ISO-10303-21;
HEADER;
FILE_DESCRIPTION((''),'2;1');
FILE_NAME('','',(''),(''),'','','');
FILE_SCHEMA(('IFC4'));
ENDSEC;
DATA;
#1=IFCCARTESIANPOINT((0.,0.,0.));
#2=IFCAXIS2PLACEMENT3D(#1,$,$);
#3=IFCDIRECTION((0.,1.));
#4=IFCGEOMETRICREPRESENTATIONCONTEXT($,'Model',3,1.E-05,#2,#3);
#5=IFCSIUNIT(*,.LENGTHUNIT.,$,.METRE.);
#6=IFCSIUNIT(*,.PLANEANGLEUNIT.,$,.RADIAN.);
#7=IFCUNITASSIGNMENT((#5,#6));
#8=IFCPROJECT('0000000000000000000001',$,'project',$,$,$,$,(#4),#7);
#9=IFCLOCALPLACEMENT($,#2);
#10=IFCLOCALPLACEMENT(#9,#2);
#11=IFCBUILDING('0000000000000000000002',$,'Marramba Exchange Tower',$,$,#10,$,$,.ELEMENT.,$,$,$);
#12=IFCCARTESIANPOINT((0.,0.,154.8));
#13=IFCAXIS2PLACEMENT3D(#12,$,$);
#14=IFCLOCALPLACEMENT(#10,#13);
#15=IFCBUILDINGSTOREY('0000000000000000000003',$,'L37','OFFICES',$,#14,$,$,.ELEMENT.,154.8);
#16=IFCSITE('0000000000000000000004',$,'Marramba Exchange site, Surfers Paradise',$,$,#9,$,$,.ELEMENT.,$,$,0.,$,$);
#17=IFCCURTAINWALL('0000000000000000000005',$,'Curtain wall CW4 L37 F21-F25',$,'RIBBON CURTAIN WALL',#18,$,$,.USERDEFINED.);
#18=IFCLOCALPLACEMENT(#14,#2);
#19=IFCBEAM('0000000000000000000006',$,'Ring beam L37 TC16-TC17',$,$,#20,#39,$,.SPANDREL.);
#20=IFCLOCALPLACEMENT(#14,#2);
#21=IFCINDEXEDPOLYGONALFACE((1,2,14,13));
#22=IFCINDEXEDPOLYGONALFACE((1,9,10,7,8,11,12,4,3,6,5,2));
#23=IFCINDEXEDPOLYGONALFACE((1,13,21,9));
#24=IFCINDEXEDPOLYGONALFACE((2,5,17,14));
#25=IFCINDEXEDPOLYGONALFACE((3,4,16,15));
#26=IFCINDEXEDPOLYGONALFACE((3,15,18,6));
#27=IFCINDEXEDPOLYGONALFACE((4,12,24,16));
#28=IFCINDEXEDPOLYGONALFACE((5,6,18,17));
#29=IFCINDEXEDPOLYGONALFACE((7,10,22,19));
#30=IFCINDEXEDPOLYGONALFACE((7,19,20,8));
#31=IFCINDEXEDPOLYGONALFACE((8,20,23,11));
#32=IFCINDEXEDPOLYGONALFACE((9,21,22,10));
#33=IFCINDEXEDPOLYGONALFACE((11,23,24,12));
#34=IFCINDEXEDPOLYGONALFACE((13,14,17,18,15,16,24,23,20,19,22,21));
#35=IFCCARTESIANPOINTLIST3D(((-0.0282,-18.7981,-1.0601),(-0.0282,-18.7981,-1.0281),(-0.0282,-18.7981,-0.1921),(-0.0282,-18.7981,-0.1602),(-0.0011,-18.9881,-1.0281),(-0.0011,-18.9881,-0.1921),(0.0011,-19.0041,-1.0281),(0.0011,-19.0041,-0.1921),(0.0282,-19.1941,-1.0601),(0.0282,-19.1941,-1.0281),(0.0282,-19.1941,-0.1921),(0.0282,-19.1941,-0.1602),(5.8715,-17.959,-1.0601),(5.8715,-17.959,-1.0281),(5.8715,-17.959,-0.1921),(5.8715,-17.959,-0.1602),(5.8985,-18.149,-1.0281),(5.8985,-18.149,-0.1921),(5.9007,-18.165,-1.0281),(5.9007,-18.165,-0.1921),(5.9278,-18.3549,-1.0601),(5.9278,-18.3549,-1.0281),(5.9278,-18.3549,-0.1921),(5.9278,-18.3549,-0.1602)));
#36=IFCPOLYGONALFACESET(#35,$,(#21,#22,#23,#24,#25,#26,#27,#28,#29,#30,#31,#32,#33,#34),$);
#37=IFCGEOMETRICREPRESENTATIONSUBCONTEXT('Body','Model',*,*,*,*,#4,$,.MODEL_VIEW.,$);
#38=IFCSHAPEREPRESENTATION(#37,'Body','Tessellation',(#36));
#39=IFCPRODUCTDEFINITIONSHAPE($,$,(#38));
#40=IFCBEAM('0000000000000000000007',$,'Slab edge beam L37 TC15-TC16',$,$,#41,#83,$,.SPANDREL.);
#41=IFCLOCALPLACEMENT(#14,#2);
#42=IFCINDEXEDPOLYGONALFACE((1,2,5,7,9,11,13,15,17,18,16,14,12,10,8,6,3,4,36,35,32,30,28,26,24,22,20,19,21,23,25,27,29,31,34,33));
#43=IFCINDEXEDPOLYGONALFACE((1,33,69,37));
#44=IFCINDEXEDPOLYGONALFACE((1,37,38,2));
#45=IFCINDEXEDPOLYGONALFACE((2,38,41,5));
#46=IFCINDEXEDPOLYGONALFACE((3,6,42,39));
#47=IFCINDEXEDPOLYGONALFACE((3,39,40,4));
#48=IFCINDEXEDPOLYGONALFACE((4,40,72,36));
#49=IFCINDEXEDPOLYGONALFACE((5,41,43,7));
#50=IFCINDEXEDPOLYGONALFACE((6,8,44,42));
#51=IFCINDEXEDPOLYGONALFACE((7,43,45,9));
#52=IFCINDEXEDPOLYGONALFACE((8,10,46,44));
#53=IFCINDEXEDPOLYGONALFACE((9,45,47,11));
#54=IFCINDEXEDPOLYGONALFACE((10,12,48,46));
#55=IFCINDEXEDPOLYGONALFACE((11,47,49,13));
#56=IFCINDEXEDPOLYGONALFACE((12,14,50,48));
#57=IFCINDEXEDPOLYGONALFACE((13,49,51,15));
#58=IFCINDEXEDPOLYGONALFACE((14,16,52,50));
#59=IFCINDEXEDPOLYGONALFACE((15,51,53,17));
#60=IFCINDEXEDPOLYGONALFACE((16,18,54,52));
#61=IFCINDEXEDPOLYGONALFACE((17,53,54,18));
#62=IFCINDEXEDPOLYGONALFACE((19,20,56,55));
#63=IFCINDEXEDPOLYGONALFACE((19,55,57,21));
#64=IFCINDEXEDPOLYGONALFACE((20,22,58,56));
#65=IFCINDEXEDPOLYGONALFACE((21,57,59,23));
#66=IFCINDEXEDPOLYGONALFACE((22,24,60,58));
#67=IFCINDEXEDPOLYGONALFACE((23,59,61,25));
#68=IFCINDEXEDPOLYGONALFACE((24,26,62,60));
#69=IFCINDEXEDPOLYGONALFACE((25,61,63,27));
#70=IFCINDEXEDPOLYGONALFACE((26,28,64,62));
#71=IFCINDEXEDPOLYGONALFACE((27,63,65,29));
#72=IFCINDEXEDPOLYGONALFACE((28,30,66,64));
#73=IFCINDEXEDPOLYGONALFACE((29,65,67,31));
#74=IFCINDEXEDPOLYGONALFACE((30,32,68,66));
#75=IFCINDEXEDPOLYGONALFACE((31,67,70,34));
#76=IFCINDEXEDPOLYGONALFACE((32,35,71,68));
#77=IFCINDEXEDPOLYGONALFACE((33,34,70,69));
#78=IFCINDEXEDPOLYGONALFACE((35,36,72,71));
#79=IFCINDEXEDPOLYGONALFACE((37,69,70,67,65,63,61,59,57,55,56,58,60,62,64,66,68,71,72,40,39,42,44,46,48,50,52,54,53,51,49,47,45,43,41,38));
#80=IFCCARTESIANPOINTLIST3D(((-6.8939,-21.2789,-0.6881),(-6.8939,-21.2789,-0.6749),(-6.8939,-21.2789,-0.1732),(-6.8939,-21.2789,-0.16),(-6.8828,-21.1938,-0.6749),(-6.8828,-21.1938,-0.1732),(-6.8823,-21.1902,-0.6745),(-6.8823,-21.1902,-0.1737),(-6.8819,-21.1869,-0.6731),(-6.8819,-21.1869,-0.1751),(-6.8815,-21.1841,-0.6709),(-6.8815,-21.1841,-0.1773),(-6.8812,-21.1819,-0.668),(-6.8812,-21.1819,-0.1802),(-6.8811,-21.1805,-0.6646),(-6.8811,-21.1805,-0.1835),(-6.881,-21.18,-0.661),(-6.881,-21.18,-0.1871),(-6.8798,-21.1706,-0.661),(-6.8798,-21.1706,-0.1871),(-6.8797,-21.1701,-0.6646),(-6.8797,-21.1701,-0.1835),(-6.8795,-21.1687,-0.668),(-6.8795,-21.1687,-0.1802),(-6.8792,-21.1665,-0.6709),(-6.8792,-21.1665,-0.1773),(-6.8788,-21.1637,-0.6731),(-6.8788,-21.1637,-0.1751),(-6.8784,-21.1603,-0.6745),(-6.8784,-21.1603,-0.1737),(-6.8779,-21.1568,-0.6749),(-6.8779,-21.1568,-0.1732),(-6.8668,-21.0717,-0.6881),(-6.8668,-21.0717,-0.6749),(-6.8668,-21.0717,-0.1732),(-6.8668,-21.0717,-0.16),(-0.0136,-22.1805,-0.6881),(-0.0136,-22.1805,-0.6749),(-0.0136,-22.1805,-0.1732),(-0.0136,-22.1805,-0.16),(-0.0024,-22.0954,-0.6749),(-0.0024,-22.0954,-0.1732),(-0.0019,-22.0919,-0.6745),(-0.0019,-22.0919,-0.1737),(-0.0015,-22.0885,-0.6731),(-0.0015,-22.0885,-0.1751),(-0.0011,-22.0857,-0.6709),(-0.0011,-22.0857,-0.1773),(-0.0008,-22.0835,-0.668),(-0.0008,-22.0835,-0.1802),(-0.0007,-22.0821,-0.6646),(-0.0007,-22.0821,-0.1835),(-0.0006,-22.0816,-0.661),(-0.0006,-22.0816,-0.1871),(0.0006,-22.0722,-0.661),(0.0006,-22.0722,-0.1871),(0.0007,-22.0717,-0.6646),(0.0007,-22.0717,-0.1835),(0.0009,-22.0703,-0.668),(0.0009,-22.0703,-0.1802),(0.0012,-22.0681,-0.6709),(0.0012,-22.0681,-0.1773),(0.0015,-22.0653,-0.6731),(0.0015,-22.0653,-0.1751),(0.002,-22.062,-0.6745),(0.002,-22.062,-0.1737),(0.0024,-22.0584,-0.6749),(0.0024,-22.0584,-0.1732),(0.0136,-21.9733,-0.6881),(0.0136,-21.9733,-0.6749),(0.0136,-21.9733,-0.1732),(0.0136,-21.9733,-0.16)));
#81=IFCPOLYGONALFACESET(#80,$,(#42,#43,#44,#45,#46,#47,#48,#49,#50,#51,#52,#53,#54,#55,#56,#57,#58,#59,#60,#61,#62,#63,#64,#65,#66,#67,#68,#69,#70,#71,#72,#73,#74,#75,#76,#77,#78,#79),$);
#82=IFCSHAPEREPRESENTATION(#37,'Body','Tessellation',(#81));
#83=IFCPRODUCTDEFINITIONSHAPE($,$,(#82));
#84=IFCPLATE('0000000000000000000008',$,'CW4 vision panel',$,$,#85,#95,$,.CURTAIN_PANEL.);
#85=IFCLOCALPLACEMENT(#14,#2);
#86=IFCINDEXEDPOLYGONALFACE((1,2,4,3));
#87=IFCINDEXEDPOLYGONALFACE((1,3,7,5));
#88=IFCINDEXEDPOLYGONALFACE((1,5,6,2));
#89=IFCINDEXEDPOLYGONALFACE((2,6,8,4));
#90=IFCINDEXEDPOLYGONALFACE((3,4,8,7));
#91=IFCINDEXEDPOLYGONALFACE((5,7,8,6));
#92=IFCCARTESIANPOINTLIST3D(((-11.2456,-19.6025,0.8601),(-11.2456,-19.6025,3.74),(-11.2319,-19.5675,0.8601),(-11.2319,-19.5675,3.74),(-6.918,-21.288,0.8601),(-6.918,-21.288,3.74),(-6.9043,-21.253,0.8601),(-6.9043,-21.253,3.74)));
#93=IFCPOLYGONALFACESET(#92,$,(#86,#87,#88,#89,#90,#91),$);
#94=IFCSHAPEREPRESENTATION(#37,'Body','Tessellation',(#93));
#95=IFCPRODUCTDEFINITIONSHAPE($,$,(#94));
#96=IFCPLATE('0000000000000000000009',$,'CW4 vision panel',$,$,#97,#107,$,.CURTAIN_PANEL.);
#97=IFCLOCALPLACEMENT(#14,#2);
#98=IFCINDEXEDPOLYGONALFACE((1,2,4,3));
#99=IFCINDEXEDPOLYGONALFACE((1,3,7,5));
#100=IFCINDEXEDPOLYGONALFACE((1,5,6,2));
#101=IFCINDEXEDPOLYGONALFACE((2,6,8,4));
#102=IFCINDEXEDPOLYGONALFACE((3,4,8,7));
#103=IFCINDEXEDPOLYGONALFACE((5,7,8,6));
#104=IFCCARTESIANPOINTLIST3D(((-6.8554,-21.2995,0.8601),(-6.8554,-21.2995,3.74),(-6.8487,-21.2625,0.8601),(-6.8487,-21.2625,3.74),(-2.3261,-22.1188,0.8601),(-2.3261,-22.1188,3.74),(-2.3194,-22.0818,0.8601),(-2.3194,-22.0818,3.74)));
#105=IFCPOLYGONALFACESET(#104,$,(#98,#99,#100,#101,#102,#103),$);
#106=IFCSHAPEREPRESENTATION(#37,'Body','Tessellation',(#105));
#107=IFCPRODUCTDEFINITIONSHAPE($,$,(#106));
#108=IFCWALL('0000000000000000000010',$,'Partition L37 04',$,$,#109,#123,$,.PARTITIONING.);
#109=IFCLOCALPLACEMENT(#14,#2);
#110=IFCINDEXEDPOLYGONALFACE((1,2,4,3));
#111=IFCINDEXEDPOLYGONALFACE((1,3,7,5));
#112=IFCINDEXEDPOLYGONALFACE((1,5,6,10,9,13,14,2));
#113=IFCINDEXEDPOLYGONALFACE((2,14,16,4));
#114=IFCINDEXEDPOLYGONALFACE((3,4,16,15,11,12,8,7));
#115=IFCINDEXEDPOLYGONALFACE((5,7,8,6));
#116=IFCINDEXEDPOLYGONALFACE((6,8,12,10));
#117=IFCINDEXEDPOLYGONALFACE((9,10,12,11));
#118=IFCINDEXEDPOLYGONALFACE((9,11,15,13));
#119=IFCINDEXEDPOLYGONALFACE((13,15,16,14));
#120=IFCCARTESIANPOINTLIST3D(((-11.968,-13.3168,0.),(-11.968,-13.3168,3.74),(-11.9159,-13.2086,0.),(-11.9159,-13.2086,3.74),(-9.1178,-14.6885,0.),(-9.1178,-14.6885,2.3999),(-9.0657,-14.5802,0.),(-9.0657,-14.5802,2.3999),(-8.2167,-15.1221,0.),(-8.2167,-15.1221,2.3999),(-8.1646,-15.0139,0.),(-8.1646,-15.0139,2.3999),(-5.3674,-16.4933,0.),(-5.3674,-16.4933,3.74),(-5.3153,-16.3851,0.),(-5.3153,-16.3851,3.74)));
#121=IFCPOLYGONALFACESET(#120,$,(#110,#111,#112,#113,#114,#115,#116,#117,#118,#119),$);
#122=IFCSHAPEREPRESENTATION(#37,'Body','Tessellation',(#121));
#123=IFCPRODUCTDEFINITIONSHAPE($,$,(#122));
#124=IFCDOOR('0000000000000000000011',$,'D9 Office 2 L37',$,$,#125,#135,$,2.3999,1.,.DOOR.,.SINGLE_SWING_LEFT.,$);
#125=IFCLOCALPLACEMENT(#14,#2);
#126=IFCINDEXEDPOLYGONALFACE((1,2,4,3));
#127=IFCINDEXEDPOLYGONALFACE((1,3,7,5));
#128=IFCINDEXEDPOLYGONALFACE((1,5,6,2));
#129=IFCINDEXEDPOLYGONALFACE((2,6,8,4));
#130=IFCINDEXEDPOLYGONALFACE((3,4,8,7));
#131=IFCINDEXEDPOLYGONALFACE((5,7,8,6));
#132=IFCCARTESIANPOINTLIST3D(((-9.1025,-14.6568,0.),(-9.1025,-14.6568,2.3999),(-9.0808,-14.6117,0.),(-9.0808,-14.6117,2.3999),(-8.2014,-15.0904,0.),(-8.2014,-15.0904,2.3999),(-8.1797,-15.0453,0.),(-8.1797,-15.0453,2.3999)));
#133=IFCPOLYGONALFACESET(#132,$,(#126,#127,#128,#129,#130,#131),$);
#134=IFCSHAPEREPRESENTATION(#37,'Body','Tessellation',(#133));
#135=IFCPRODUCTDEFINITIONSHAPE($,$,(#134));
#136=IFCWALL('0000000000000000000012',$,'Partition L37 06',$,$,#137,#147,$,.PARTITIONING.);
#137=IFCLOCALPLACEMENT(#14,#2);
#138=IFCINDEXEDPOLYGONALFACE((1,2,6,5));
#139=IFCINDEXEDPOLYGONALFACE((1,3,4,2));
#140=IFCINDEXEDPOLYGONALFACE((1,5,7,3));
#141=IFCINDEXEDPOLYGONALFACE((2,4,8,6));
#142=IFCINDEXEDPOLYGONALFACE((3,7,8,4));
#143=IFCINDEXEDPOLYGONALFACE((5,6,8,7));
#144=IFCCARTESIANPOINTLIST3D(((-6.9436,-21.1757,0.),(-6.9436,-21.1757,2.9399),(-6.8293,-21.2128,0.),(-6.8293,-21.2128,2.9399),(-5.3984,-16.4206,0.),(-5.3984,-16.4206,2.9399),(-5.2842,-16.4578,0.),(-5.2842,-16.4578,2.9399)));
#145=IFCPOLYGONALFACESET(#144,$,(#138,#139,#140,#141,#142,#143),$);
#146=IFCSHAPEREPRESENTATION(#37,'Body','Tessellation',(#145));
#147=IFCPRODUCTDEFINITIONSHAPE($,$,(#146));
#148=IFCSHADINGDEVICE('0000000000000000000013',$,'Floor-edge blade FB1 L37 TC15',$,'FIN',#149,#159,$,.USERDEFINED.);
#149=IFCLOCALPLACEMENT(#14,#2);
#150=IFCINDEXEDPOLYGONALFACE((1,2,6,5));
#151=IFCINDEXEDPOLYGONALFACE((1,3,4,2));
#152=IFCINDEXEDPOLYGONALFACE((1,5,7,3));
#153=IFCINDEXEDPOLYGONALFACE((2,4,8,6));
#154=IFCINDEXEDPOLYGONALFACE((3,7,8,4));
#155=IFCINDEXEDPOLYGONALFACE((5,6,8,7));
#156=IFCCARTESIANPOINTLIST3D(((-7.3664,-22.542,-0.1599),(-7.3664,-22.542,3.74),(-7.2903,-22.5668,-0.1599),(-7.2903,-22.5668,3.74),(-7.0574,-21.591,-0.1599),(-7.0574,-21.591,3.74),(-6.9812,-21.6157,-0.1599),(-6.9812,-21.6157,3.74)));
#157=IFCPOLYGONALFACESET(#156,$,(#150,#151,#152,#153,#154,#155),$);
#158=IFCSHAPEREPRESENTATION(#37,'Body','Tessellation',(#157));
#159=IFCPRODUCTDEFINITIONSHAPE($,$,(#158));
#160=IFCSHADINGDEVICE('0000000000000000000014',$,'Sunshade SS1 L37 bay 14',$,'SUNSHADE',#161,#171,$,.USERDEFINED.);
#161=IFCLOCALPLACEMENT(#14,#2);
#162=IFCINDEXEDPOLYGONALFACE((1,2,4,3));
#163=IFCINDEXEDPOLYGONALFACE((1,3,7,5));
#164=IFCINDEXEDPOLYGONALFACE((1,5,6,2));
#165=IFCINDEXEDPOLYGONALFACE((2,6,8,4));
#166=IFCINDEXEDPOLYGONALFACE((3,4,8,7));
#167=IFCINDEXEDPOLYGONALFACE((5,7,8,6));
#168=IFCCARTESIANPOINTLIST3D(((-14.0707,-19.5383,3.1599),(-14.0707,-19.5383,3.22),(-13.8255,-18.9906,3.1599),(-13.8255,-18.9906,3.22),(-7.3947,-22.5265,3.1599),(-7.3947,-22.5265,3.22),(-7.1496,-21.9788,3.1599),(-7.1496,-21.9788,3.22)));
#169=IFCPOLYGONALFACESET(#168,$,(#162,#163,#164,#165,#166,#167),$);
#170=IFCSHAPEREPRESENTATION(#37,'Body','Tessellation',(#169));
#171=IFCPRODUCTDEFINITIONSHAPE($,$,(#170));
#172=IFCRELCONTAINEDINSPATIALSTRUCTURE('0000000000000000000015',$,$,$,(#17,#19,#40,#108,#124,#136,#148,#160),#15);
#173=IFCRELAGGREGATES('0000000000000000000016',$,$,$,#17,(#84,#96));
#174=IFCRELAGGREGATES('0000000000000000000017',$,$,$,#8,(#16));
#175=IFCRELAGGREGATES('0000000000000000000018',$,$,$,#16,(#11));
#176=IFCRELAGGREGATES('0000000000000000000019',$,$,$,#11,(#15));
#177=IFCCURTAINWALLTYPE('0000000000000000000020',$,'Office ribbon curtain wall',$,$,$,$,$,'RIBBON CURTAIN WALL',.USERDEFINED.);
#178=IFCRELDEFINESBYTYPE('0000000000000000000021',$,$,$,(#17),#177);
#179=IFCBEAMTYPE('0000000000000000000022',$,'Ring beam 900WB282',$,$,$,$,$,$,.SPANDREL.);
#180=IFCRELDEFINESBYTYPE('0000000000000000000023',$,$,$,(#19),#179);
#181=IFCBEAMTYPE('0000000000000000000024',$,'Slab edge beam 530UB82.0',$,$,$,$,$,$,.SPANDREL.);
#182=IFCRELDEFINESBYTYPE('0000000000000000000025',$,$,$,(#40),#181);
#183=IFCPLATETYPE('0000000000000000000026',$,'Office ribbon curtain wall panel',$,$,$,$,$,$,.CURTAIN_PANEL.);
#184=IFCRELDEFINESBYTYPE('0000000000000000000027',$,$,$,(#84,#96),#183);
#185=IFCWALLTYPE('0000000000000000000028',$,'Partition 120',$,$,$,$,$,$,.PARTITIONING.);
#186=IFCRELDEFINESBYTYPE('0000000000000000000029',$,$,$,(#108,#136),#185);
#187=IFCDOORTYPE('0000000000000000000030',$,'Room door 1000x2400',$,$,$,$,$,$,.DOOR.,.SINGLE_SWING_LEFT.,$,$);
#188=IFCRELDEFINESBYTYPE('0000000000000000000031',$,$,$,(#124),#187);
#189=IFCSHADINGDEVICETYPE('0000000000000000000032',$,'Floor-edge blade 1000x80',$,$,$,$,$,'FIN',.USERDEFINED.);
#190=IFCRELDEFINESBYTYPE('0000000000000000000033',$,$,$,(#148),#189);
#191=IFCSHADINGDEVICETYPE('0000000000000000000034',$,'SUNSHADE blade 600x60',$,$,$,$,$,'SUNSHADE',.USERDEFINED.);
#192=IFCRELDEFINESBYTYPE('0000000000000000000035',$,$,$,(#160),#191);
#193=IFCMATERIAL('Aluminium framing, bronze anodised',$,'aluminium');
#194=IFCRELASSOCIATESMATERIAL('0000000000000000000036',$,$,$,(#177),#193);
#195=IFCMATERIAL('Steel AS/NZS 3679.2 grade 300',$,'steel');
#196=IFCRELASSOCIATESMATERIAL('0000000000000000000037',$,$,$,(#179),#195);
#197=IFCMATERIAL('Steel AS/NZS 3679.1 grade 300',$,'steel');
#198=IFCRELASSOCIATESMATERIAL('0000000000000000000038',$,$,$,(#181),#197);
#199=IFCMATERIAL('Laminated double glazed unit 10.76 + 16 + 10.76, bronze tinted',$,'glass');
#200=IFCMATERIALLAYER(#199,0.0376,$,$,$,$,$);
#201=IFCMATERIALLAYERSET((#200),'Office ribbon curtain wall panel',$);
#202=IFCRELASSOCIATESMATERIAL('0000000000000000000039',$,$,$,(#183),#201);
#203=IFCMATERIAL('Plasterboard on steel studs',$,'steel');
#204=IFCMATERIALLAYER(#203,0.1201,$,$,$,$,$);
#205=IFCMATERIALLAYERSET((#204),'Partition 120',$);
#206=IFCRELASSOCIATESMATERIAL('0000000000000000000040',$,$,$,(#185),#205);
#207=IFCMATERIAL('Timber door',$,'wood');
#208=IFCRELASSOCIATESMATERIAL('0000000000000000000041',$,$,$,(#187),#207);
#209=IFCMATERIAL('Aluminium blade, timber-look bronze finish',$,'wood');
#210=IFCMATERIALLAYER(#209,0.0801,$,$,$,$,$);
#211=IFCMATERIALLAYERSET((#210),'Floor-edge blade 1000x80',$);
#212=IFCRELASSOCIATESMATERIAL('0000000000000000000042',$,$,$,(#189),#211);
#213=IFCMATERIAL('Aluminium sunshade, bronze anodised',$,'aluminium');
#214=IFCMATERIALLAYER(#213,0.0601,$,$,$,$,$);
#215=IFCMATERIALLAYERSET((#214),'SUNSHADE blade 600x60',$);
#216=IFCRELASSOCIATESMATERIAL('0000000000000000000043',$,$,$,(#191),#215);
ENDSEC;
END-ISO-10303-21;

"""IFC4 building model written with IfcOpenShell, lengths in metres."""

from ifc_helpers import new_model, si_unit, direction, frame, frame_2d, origin, origin_2d, place, context, subcontext, project, spatial, rectangle, i_section, extrude, material, layer, layer_set, material_profile, profile_set, type_object, element, fill, aggregate, save


model = new_model("IFC4")

# Units and contexts
model_context = context("Model", 3, precision=1e-05, world=origin(), true_north=direction((0.0, 1.0)))
body_context = subcontext(model_context, "Body", "Model", "MODEL_VIEW")
ifc_project = project(units=[si_unit("LENGTHUNIT", "METRE"), si_unit("PLANEANGLEUNIT", "RADIAN")], contexts=[model_context])

# Site, building, storey
site_placement = place(None, origin())
site = spatial("IfcSite", under=ifc_project, at=site_placement, Name="Marramba Exchange site, Surfers Paradise", CompositionType="ELEMENT", RefElevation=0.0)
building_placement = place(site_placement, origin())
building = spatial("IfcBuilding", under=site, at=building_placement, Name="Marramba Exchange Tower", CompositionType="ELEMENT")
storey_placement = place(building_placement, frame((0.0, 0.0, 154.8)))
storey = spatial("IfcBuildingStorey", under=building, at=storey_placement, Name="L37", Description="OFFICES", CompositionType="ELEMENT", Elevation=154.8)

# Shared definitions
ifc_material_1 = material(Name="Steel AS/NZS 3679.2 grade 300", Category="steel")

# Curtain wall
ifc_material_2 = material(Name="Aluminium framing, bronze anodised", Category="aluminium")
curtain_wall_type = type_object("IfcCurtainWallType", Name="Office ribbon curtain wall", ElementType="RIBBON CURTAIN WALL", PredefinedType="USERDEFINED", material=ifc_material_2)
curtain_wall_placement = place(storey_placement, origin())
curtain_wall = element("IfcCurtainWall", 1, at=curtain_wall_placement, inside=storey, type_object=curtain_wall_type, Name="Curtain wall CW4 L37 F21-F25", ObjectType="RIBBON CURTAIN WALL", PredefinedType="USERDEFINED")

# Beams
ifc_material_profile_1 = material_profile(ifc_material_1, i_section(OverallWidth=0.3999, OverallDepth=0.8999, WebThickness=0.0161, FlangeThickness=0.032, at=origin_2d()), Name="900WB282")
ifc_profile_set_1 = profile_set([ifc_material_profile_1], Name="Steel AS/NZS 3679.2 grade 300")
beam_type_1 = type_object("IfcBeamType", Name="Ring beam 900WB282", PredefinedType="SPANDREL", material=ifc_profile_set_1)
for number, where, z_axis, x_axis, name in (
    (2, (0.0, -18.9961, -0.6101), (0.990036, 0.140813, 0.0), (-0.140813, 0.990036, 0.0), "Ring beam L37 TC16-TC17"),
):
    element("IfcBeam", number, at=place(storey_placement, frame(where, z_axis=z_axis, x_axis=x_axis)), inside=storey, type_object=beam_type_1, Name=name, PredefinedType="SPANDREL", context=body_context, shape_type="SweptSolid", body=[
        extrude(i_section(OverallWidth=0.3999, OverallDepth=0.8999, WebThickness=0.0161, FlangeThickness=0.032, at=origin_2d()), origin(), (0.0, 0.0, 1.0), 5.959),
    ])
ifc_material_3 = material(Name="Steel AS/NZS 3679.1 grade 300", Category="steel")
ifc_material_profile_2 = material_profile(ifc_material_3, i_section(OverallWidth=0.209, OverallDepth=0.5281, WebThickness=0.0095, FlangeThickness=0.0132, FilletRadius=0.0139, at=origin_2d()), Name="530UB82.0")
ifc_profile_set_2 = profile_set([ifc_material_profile_2], Name="Steel AS/NZS 3679.1 grade 300")
beam_type_2 = type_object("IfcBeamType", Name="Slab edge beam 530UB82.0", PredefinedType="SPANDREL", material=ifc_profile_set_2)
beam_1_placement = place(storey_placement, frame((-6.8804, -21.1753, -0.4241), z_axis=(0.991523, -0.12993, 0.0), x_axis=(0.12993, 0.991523, 0.0)))
element("IfcBeam", 3, at=beam_1_placement, inside=storey, type_object=beam_type_2, Name="Slab edge beam L37 TC15-TC16", PredefinedType="SPANDREL", context=body_context, shape_type="SweptSolid", body=[
    extrude(i_section(OverallWidth=0.209, OverallDepth=0.5281, WebThickness=0.0095, FlangeThickness=0.0132, FilletRadius=0.0139, at=origin_2d()), origin(), (0.0, 0.0, 1.0), 6.9392),
])

# Plates
ifc_material_4 = material(Name="Laminated double glazed unit 10.76 + 16 + 10.76, bronze tinted", Category="glass")
ifc_layer_1 = layer(ifc_material_4, 0.0376)
ifc_layer_set_1 = layer_set([ifc_layer_1], Name="Office ribbon curtain wall panel")
plate_type = type_object("IfcPlateType", Name="Office ribbon curtain wall panel", PredefinedType="CURTAIN_PANEL", material=ifc_layer_set_1)
plate_1_placement = place(storey_placement, frame((-9.075, -20.4277, 0.8601), z_axis=(0.0, 0.0, 1.0), x_axis=(0.931818, -0.362925, 0.0)))
plate_1 = element("IfcPlate", 4, at=plate_1_placement, type_object=plate_type, Name="CW4 vision panel", PredefinedType="CURTAIN_PANEL", context=body_context, shape_type="SweptSolid", body=[
    extrude(rectangle(XDim=4.6443, YDim=0.0376, at=origin_2d()), origin(), (0.0, 0.0, 1.0), 2.8799),
])
plate_2_placement = place(storey_placement, frame((-4.5874, -21.6907, 0.8601), z_axis=(0.0, 0.0, 1.0), x_axis=(0.984032, -0.177992, 0.0)))
plate_2 = element("IfcPlate", 5, at=plate_2_placement, type_object=plate_type, Name="CW4 vision panel", PredefinedType="CURTAIN_PANEL", context=body_context, shape_type="SweptSolid", body=[
    extrude(rectangle(XDim=4.6028, YDim=0.0376, at=origin_2d()), origin(), (0.0, 0.0, 1.0), 2.8799),
])
aggregate(curtain_wall, [plate_1, plate_2])

# Wall, opening, door
ifc_material_5 = material(Name="Plasterboard on steel studs", Category="steel")
ifc_layer_2 = layer(ifc_material_5, 0.1201)
ifc_layer_set_2 = layer_set([ifc_layer_2], Name="Partition 120")
wall_type = type_object("IfcWallType", Name="Partition 120", PredefinedType="PARTITIONING", material=ifc_layer_set_2)
wall_1_placement = place(storey_placement, frame((-5.3413, -16.4392, 0.0), z_axis=(0.0, 0.0, 1.0), x_axis=(-0.901084, 0.433644, 0.0)))
wall_1 = element("IfcWall", 6, at=wall_1_placement, inside=storey, type_object=wall_type, Name="Partition L37 04", PredefinedType="PARTITIONING", context=body_context, shape_type="SweptSolid", body=[
    extrude(rectangle(XDim=7.3252, YDim=0.1201, at=frame_2d((3.6626, 0.0))), origin(), (0.0, 0.0, 1.0), 3.74),
])
opening_placement = place(wall_1_placement, frame((3.1621, 0.0, 0.0)))
opening = element("IfcOpeningElement", 7, at=opening_placement, cuts=wall_1, PredefinedType="OPENING", context=body_context, shape_type="SweptSolid", body=[
    extrude(rectangle(XDim=1.0, YDim=2.3999, at=frame_2d((0.5, 1.2))), frame((0.0, 0.0701, 0.0), z_axis=(0.0, -1.0, 0.0), x_axis=(1.0, 0.0, 0.0)), (0.0, 0.0, 1.0), 0.1401),
])
ifc_material_6 = material(Name="Timber door", Category="wood")
door_type = type_object("IfcDoorType", Name="Room door 1000x2400", OperationType="SINGLE_SWING_LEFT", PredefinedType="DOOR", material=ifc_material_6)
door_placement = place(opening_placement, origin())
door = element("IfcDoor", 8, at=door_placement, inside=storey, type_object=door_type, Name="D9 Office 2 L37", OperationType="SINGLE_SWING_LEFT", OverallHeight=2.3999, OverallWidth=1.0, PredefinedType="DOOR", context=body_context, shape_type="SweptSolid", body=[
    extrude(rectangle(XDim=1.0, YDim=2.3999, at=frame_2d((0.5, 1.2))), frame((0.0, 0.0249, 0.0), z_axis=(0.0, -1.0, 0.0), x_axis=(1.0, 0.0, 0.0)), (0.0, 0.0, 1.0), 0.05),
])
fill(opening, door)

# Wall
wall_2_placement = place(storey_placement, frame((-6.8865, -21.1943, 0.0), z_axis=(0.0, 0.0, 1.0), x_axis=(0.309041, 0.951049, 0.0)))
element("IfcWall", 9, at=wall_2_placement, inside=storey, type_object=wall_type, Name="Partition L37 06", PredefinedType="PARTITIONING", context=body_context, shape_type="SweptSolid", body=[
    extrude(rectangle(XDim=4.9998, YDim=0.1201, at=frame_2d((2.5, 0.0))), origin(), (0.0, 0.0, 1.0), 2.9399),
])

# Shading devices
ifc_material_7 = material(Name="Aluminium blade, timber-look bronze finish", Category="wood")
ifc_layer_3 = layer(ifc_material_7, 0.0801)
ifc_layer_set_3 = layer_set([ifc_layer_3], Name="Floor-edge blade 1000x80")
shading_device_type_1 = type_object("IfcShadingDeviceType", Name="Floor-edge blade 1000x80", ElementType="FIN", PredefinedType="USERDEFINED", material=ifc_layer_set_3)
shading_device_1_placement = place(storey_placement, frame((-7.1738, -22.0789, -0.1599), z_axis=(0.0, 0.0, 1.0), x_axis=(-0.309017, -0.951057, 0.0)))
element("IfcShadingDevice", 10, at=shading_device_1_placement, inside=storey, type_object=shading_device_type_1, Name="Floor-edge blade FB1 L37 TC15", ObjectType="FIN", PredefinedType="USERDEFINED", context=body_context, shape_type="SweptSolid", body=[
    extrude(rectangle(XDim=1.0, YDim=0.0801, at=origin_2d()), origin(), (0.0, 0.0, 1.0), 3.8999),
])
ifc_material_8 = material(Name="Aluminium sunshade, bronze anodised", Category="aluminium")
ifc_layer_4 = layer(ifc_material_8, 0.0601)
ifc_layer_set_4 = layer_set([ifc_layer_4], Name="SUNSHADE blade 600x60")
shading_device_type_2 = type_object("IfcShadingDeviceType", Name="SUNSHADE blade 600x60", ElementType="SUNSHADE", PredefinedType="USERDEFINED", material=ifc_layer_set_4)
shading_device_2_placement = place(storey_placement, frame((-10.6101, -20.7585, 3.1599), z_axis=(0.0, 0.0, 1.0), x_axis=(0.912736, -0.40855, 0.0)))
element("IfcShadingDevice", 11, at=shading_device_2_placement, inside=storey, type_object=shading_device_type_2, Name="Sunshade SS1 L37 bay 14", ObjectType="SUNSHADE", PredefinedType="USERDEFINED", context=body_context, shape_type="SweptSolid", body=[
    extrude(rectangle(XDim=7.3142, YDim=0.6001, at=origin_2d()), origin(), (0.0, 0.0, 1.0), 0.0601),
])

save(model, "model.ifc")
